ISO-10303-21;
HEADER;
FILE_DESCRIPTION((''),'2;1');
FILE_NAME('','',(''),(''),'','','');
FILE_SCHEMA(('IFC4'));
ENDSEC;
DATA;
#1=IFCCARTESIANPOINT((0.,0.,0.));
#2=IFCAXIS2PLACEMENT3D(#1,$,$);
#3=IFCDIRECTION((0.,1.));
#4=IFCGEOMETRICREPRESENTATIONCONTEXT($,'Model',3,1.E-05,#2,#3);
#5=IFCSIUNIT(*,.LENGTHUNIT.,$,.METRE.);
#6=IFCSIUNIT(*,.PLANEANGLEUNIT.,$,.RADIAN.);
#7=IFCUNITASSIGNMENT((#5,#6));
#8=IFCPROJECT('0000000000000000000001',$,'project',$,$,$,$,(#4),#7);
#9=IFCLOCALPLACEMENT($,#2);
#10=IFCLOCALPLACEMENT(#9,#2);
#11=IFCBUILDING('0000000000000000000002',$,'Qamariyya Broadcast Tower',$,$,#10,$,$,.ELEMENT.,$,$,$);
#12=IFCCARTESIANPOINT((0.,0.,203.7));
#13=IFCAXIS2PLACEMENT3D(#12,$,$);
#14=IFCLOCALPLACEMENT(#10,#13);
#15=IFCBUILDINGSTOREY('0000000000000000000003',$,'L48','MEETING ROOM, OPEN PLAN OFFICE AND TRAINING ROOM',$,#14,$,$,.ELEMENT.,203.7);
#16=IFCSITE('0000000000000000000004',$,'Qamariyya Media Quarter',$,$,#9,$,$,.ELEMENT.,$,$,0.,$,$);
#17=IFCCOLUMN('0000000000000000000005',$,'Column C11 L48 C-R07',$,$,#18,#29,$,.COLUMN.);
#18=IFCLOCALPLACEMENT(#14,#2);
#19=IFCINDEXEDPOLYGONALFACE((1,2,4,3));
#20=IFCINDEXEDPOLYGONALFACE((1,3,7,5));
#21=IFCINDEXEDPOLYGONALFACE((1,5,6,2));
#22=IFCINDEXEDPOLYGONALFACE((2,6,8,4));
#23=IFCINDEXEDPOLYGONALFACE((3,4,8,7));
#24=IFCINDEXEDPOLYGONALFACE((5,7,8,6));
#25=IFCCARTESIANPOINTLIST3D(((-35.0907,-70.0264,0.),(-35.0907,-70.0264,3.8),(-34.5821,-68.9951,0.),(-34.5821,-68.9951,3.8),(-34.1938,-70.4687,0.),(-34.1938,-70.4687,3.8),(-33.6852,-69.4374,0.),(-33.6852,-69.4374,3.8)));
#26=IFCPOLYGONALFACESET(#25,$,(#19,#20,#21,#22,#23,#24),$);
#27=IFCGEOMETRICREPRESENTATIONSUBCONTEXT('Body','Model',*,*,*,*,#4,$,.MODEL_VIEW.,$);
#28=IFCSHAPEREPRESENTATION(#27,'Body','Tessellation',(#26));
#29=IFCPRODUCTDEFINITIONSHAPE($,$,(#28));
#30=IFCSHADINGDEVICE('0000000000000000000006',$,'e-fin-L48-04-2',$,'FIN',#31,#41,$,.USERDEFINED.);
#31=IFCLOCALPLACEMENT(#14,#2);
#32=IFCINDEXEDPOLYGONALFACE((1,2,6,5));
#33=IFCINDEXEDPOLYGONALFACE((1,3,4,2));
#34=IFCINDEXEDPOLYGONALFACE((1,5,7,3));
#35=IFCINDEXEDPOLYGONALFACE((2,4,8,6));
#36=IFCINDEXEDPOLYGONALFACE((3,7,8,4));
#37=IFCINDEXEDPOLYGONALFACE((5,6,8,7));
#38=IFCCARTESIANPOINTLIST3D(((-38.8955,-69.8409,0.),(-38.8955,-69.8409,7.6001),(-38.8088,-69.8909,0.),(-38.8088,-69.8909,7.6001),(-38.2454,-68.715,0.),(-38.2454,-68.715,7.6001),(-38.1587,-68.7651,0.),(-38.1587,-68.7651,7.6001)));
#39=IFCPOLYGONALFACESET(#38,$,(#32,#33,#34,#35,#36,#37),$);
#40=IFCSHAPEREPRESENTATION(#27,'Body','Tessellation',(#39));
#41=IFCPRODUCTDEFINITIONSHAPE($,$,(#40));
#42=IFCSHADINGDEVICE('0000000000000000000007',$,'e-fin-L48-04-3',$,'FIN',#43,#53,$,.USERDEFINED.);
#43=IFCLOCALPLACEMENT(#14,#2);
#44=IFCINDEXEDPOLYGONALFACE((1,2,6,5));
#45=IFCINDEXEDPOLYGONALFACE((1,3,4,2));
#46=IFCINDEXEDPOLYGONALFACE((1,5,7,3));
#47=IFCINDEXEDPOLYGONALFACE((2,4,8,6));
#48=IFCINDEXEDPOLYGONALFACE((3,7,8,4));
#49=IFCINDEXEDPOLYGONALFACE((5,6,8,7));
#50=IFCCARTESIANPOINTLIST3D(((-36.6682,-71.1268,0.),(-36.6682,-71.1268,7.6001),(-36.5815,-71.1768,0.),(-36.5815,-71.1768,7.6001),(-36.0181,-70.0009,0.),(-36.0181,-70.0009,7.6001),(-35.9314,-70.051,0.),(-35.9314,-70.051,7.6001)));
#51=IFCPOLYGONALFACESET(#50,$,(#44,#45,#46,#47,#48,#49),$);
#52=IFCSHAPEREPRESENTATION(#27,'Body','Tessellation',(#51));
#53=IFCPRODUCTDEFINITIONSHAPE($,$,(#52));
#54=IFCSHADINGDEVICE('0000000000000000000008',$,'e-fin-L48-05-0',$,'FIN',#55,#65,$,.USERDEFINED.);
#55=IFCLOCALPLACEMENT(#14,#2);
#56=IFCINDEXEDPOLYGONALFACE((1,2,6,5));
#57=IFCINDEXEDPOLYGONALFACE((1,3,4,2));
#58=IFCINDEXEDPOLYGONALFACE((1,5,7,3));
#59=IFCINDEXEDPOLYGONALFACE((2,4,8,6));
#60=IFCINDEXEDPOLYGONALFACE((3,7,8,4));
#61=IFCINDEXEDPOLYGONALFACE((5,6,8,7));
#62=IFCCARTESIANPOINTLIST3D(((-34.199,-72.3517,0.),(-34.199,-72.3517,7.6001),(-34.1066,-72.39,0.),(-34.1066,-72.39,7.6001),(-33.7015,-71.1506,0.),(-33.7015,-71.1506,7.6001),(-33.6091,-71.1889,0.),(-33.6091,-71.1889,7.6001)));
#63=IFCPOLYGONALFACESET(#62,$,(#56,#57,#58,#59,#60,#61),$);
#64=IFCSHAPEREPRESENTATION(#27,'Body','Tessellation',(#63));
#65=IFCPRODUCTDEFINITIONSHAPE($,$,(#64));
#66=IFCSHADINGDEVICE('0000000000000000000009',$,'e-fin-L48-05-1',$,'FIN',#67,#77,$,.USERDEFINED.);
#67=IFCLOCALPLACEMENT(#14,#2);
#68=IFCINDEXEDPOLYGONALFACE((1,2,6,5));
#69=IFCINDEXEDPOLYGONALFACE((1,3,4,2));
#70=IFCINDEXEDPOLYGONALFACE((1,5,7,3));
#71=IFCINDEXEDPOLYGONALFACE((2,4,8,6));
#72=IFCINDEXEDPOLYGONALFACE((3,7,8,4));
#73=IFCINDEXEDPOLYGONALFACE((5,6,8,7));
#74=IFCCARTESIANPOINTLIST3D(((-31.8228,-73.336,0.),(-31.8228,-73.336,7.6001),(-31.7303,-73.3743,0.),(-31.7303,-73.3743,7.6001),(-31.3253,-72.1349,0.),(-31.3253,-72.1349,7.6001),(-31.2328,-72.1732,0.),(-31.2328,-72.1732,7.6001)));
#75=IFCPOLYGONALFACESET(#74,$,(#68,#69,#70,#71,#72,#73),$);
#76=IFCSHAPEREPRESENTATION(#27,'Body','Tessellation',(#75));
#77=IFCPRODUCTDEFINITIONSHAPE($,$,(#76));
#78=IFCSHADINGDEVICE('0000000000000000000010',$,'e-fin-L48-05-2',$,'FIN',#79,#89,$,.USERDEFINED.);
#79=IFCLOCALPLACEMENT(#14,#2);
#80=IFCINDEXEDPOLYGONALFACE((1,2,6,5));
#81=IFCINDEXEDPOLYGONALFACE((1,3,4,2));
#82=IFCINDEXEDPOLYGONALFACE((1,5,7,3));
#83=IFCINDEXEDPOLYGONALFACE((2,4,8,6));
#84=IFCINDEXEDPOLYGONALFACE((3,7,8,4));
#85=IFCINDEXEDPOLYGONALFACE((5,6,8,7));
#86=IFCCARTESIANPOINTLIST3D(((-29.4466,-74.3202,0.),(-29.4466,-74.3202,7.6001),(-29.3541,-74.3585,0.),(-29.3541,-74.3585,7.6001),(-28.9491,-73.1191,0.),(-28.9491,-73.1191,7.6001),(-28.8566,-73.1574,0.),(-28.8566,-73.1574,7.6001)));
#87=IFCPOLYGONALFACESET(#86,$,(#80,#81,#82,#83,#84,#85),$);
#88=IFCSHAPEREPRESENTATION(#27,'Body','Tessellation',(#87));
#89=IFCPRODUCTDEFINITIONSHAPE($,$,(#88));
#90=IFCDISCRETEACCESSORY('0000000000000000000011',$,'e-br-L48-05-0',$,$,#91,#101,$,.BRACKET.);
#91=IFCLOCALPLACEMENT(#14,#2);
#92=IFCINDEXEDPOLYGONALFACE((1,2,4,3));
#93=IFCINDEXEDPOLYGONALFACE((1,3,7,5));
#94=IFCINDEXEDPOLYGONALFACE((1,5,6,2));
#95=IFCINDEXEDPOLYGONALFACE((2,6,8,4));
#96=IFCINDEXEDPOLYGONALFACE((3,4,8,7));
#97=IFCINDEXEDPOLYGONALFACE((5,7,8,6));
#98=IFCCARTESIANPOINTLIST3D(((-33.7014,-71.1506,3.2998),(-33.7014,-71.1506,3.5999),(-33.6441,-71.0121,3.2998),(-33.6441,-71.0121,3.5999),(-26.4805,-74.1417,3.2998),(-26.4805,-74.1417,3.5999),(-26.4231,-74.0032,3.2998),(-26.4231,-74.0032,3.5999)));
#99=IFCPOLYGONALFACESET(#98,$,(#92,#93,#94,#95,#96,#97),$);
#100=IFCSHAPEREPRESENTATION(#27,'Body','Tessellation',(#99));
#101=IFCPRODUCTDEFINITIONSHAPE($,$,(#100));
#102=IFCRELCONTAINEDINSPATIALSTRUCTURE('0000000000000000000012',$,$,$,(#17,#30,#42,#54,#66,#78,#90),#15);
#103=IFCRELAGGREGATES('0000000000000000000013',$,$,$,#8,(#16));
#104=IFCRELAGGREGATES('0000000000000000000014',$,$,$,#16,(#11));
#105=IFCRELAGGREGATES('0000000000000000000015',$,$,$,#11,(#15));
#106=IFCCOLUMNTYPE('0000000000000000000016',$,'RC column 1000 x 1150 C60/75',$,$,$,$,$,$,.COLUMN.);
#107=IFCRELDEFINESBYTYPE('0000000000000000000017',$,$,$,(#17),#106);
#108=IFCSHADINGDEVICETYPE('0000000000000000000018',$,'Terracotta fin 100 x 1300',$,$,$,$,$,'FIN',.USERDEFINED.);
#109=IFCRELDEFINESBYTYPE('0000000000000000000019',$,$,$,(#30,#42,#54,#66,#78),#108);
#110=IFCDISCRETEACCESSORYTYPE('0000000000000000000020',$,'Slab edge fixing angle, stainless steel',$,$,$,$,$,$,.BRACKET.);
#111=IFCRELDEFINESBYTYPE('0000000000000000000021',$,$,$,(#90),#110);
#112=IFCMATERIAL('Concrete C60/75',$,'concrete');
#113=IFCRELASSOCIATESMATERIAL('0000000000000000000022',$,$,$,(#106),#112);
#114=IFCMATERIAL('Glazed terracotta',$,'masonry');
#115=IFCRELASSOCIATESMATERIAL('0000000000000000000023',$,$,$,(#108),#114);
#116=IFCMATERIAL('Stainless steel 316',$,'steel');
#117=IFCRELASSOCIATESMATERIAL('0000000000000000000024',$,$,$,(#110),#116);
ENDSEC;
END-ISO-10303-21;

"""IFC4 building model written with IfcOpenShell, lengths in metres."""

from ifc_helpers import new_model, si_unit, direction, frame, origin, origin_2d, place, context, subcontext, project, spatial, rectangle, extrude, material, material_profile, profile_set, type_object, element, save


model = new_model("IFC4")

# Units and contexts
model_context = context("Model", 3, precision=1e-05, world=origin(), true_north=direction((0.0, 1.0)))
body_context = subcontext(model_context, "Body", "Model", "MODEL_VIEW")
ifc_project = project(units=[si_unit("LENGTHUNIT", "METRE"), si_unit("PLANEANGLEUNIT", "RADIAN")], contexts=[model_context])

# Site, building, storey
site_placement = place(None, origin())
site = spatial("IfcSite", under=ifc_project, at=site_placement, Name="Qamariyya Media Quarter", CompositionType="ELEMENT", RefElevation=0.0)
building_placement = place(site_placement, origin())
building = spatial("IfcBuilding", under=site, at=building_placement, Name="Qamariyya Broadcast Tower", CompositionType="ELEMENT")
storey_placement = place(building_placement, frame((0.0, 0.0, 203.7)))
storey = spatial("IfcBuildingStorey", under=building, at=storey_placement, Name="L48", Description="MEETING ROOM, OPEN PLAN OFFICE AND TRAINING ROOM", CompositionType="ELEMENT", Elevation=203.7)

# Column
ifc_material_1 = material(Name="Concrete C60/75", Category="concrete")
ifc_material_profile_1 = material_profile(ifc_material_1, rectangle(XDim=1.0, YDim=1.1499, at=origin_2d()))
ifc_profile_set_1 = profile_set([ifc_material_profile_1], Name="Concrete C60/75")
column_type = type_object("IfcColumnType", Name="RC column 1000 x 1150 C60/75", PredefinedType="COLUMN", material=ifc_profile_set_1)
column_placement = place(storey_placement, frame((-34.3879, -69.7319, 0.0), z_axis=(0.0, 0.0, 1.0), x_axis=(0.896873, -0.442289, 0.0)))
element("IfcColumn", 1, at=column_placement, inside=storey, type_object=column_type, Name="Column C11 L48 C-R07", PredefinedType="COLUMN", context=body_context, shape_type="SweptSolid", body=[
    extrude(rectangle(XDim=1.0, YDim=1.1499, at=origin_2d()), origin(), (0.0, 0.0, 1.0), 3.8),
])

# Shading devices
ifc_material_2 = material(Name="Glazed terracotta", Category="masonry")
ifc_material_profile_2 = material_profile(ifc_material_2, rectangle(XDim=1.3, YDim=0.1001, at=origin_2d()))
ifc_profile_set_2 = profile_set([ifc_material_profile_2], Name="Glazed terracotta")
shading_device_type_1 = type_object("IfcShadingDeviceType", Name="Terracotta fin 100 x 1300", ElementType="FIN", PredefinedType="USERDEFINED", material=ifc_profile_set_2)
for number, where, z_axis, x_axis, name in (
    (2, (-38.5271, -69.303, 0.0), (0.0, 0.0, 1.0), (-0.5, -0.866025, 0.0), "e-fin-L48-04-2"),
    (3, (-36.2998, -70.5889, 0.0), (0.0, 0.0, 1.0), (-0.5, -0.866025, 0.0), "e-fin-L48-04-3"),
    (4, (-33.9041, -71.7703, 0.0), (0.0, 0.0, 1.0), (-0.382683, -0.92388, 0.0), "e-fin-L48-05-0"),
    (5, (-31.5278, -72.7546, 0.0), (0.0, 0.0, 1.0), (-0.382683, -0.92388, 0.0), "e-fin-L48-05-1"),
    (6, (-29.1516, -73.7388, 0.0), (0.0, 0.0, 1.0), (-0.382683, -0.92388, 0.0), "e-fin-L48-05-2"),
):
    element("IfcShadingDevice", number, at=place(storey_placement, frame(where, z_axis=z_axis, x_axis=x_axis)), inside=storey, type_object=shading_device_type_1, Name=name, ObjectType="FIN", PredefinedType="USERDEFINED", context=body_context, shape_type="SweptSolid", body=[
        extrude(rectangle(XDim=1.3, YDim=0.1001, at=origin_2d()), origin(), (0.0, 0.0, 1.0), 7.6001),
    ])

# Discrete accessory
ifc_material_3 = material(Name="Stainless steel 316", Category="steel")
discrete_accessory_type = type_object("IfcDiscreteAccessoryType", Name="Slab edge fixing angle, stainless steel", PredefinedType="BRACKET", material=ifc_material_3)
discrete_accessory_placement = place(storey_placement, frame((-30.0623, -72.5769, 3.2998), z_axis=(0.0, 0.0, 1.0), x_axis=(0.92388, -0.382683, 0.0)))
element("IfcDiscreteAccessory", 7, at=discrete_accessory_placement, inside=storey, type_object=discrete_accessory_type, Name="e-br-L48-05-0", PredefinedType="BRACKET", context=body_context, shape_type="SweptSolid", body=[
    extrude(rectangle(XDim=7.8159, YDim=0.1499, at=origin_2d()), origin(), (0.0, 0.0, 1.0), 0.3),
])

save(model, "model.ifc")
